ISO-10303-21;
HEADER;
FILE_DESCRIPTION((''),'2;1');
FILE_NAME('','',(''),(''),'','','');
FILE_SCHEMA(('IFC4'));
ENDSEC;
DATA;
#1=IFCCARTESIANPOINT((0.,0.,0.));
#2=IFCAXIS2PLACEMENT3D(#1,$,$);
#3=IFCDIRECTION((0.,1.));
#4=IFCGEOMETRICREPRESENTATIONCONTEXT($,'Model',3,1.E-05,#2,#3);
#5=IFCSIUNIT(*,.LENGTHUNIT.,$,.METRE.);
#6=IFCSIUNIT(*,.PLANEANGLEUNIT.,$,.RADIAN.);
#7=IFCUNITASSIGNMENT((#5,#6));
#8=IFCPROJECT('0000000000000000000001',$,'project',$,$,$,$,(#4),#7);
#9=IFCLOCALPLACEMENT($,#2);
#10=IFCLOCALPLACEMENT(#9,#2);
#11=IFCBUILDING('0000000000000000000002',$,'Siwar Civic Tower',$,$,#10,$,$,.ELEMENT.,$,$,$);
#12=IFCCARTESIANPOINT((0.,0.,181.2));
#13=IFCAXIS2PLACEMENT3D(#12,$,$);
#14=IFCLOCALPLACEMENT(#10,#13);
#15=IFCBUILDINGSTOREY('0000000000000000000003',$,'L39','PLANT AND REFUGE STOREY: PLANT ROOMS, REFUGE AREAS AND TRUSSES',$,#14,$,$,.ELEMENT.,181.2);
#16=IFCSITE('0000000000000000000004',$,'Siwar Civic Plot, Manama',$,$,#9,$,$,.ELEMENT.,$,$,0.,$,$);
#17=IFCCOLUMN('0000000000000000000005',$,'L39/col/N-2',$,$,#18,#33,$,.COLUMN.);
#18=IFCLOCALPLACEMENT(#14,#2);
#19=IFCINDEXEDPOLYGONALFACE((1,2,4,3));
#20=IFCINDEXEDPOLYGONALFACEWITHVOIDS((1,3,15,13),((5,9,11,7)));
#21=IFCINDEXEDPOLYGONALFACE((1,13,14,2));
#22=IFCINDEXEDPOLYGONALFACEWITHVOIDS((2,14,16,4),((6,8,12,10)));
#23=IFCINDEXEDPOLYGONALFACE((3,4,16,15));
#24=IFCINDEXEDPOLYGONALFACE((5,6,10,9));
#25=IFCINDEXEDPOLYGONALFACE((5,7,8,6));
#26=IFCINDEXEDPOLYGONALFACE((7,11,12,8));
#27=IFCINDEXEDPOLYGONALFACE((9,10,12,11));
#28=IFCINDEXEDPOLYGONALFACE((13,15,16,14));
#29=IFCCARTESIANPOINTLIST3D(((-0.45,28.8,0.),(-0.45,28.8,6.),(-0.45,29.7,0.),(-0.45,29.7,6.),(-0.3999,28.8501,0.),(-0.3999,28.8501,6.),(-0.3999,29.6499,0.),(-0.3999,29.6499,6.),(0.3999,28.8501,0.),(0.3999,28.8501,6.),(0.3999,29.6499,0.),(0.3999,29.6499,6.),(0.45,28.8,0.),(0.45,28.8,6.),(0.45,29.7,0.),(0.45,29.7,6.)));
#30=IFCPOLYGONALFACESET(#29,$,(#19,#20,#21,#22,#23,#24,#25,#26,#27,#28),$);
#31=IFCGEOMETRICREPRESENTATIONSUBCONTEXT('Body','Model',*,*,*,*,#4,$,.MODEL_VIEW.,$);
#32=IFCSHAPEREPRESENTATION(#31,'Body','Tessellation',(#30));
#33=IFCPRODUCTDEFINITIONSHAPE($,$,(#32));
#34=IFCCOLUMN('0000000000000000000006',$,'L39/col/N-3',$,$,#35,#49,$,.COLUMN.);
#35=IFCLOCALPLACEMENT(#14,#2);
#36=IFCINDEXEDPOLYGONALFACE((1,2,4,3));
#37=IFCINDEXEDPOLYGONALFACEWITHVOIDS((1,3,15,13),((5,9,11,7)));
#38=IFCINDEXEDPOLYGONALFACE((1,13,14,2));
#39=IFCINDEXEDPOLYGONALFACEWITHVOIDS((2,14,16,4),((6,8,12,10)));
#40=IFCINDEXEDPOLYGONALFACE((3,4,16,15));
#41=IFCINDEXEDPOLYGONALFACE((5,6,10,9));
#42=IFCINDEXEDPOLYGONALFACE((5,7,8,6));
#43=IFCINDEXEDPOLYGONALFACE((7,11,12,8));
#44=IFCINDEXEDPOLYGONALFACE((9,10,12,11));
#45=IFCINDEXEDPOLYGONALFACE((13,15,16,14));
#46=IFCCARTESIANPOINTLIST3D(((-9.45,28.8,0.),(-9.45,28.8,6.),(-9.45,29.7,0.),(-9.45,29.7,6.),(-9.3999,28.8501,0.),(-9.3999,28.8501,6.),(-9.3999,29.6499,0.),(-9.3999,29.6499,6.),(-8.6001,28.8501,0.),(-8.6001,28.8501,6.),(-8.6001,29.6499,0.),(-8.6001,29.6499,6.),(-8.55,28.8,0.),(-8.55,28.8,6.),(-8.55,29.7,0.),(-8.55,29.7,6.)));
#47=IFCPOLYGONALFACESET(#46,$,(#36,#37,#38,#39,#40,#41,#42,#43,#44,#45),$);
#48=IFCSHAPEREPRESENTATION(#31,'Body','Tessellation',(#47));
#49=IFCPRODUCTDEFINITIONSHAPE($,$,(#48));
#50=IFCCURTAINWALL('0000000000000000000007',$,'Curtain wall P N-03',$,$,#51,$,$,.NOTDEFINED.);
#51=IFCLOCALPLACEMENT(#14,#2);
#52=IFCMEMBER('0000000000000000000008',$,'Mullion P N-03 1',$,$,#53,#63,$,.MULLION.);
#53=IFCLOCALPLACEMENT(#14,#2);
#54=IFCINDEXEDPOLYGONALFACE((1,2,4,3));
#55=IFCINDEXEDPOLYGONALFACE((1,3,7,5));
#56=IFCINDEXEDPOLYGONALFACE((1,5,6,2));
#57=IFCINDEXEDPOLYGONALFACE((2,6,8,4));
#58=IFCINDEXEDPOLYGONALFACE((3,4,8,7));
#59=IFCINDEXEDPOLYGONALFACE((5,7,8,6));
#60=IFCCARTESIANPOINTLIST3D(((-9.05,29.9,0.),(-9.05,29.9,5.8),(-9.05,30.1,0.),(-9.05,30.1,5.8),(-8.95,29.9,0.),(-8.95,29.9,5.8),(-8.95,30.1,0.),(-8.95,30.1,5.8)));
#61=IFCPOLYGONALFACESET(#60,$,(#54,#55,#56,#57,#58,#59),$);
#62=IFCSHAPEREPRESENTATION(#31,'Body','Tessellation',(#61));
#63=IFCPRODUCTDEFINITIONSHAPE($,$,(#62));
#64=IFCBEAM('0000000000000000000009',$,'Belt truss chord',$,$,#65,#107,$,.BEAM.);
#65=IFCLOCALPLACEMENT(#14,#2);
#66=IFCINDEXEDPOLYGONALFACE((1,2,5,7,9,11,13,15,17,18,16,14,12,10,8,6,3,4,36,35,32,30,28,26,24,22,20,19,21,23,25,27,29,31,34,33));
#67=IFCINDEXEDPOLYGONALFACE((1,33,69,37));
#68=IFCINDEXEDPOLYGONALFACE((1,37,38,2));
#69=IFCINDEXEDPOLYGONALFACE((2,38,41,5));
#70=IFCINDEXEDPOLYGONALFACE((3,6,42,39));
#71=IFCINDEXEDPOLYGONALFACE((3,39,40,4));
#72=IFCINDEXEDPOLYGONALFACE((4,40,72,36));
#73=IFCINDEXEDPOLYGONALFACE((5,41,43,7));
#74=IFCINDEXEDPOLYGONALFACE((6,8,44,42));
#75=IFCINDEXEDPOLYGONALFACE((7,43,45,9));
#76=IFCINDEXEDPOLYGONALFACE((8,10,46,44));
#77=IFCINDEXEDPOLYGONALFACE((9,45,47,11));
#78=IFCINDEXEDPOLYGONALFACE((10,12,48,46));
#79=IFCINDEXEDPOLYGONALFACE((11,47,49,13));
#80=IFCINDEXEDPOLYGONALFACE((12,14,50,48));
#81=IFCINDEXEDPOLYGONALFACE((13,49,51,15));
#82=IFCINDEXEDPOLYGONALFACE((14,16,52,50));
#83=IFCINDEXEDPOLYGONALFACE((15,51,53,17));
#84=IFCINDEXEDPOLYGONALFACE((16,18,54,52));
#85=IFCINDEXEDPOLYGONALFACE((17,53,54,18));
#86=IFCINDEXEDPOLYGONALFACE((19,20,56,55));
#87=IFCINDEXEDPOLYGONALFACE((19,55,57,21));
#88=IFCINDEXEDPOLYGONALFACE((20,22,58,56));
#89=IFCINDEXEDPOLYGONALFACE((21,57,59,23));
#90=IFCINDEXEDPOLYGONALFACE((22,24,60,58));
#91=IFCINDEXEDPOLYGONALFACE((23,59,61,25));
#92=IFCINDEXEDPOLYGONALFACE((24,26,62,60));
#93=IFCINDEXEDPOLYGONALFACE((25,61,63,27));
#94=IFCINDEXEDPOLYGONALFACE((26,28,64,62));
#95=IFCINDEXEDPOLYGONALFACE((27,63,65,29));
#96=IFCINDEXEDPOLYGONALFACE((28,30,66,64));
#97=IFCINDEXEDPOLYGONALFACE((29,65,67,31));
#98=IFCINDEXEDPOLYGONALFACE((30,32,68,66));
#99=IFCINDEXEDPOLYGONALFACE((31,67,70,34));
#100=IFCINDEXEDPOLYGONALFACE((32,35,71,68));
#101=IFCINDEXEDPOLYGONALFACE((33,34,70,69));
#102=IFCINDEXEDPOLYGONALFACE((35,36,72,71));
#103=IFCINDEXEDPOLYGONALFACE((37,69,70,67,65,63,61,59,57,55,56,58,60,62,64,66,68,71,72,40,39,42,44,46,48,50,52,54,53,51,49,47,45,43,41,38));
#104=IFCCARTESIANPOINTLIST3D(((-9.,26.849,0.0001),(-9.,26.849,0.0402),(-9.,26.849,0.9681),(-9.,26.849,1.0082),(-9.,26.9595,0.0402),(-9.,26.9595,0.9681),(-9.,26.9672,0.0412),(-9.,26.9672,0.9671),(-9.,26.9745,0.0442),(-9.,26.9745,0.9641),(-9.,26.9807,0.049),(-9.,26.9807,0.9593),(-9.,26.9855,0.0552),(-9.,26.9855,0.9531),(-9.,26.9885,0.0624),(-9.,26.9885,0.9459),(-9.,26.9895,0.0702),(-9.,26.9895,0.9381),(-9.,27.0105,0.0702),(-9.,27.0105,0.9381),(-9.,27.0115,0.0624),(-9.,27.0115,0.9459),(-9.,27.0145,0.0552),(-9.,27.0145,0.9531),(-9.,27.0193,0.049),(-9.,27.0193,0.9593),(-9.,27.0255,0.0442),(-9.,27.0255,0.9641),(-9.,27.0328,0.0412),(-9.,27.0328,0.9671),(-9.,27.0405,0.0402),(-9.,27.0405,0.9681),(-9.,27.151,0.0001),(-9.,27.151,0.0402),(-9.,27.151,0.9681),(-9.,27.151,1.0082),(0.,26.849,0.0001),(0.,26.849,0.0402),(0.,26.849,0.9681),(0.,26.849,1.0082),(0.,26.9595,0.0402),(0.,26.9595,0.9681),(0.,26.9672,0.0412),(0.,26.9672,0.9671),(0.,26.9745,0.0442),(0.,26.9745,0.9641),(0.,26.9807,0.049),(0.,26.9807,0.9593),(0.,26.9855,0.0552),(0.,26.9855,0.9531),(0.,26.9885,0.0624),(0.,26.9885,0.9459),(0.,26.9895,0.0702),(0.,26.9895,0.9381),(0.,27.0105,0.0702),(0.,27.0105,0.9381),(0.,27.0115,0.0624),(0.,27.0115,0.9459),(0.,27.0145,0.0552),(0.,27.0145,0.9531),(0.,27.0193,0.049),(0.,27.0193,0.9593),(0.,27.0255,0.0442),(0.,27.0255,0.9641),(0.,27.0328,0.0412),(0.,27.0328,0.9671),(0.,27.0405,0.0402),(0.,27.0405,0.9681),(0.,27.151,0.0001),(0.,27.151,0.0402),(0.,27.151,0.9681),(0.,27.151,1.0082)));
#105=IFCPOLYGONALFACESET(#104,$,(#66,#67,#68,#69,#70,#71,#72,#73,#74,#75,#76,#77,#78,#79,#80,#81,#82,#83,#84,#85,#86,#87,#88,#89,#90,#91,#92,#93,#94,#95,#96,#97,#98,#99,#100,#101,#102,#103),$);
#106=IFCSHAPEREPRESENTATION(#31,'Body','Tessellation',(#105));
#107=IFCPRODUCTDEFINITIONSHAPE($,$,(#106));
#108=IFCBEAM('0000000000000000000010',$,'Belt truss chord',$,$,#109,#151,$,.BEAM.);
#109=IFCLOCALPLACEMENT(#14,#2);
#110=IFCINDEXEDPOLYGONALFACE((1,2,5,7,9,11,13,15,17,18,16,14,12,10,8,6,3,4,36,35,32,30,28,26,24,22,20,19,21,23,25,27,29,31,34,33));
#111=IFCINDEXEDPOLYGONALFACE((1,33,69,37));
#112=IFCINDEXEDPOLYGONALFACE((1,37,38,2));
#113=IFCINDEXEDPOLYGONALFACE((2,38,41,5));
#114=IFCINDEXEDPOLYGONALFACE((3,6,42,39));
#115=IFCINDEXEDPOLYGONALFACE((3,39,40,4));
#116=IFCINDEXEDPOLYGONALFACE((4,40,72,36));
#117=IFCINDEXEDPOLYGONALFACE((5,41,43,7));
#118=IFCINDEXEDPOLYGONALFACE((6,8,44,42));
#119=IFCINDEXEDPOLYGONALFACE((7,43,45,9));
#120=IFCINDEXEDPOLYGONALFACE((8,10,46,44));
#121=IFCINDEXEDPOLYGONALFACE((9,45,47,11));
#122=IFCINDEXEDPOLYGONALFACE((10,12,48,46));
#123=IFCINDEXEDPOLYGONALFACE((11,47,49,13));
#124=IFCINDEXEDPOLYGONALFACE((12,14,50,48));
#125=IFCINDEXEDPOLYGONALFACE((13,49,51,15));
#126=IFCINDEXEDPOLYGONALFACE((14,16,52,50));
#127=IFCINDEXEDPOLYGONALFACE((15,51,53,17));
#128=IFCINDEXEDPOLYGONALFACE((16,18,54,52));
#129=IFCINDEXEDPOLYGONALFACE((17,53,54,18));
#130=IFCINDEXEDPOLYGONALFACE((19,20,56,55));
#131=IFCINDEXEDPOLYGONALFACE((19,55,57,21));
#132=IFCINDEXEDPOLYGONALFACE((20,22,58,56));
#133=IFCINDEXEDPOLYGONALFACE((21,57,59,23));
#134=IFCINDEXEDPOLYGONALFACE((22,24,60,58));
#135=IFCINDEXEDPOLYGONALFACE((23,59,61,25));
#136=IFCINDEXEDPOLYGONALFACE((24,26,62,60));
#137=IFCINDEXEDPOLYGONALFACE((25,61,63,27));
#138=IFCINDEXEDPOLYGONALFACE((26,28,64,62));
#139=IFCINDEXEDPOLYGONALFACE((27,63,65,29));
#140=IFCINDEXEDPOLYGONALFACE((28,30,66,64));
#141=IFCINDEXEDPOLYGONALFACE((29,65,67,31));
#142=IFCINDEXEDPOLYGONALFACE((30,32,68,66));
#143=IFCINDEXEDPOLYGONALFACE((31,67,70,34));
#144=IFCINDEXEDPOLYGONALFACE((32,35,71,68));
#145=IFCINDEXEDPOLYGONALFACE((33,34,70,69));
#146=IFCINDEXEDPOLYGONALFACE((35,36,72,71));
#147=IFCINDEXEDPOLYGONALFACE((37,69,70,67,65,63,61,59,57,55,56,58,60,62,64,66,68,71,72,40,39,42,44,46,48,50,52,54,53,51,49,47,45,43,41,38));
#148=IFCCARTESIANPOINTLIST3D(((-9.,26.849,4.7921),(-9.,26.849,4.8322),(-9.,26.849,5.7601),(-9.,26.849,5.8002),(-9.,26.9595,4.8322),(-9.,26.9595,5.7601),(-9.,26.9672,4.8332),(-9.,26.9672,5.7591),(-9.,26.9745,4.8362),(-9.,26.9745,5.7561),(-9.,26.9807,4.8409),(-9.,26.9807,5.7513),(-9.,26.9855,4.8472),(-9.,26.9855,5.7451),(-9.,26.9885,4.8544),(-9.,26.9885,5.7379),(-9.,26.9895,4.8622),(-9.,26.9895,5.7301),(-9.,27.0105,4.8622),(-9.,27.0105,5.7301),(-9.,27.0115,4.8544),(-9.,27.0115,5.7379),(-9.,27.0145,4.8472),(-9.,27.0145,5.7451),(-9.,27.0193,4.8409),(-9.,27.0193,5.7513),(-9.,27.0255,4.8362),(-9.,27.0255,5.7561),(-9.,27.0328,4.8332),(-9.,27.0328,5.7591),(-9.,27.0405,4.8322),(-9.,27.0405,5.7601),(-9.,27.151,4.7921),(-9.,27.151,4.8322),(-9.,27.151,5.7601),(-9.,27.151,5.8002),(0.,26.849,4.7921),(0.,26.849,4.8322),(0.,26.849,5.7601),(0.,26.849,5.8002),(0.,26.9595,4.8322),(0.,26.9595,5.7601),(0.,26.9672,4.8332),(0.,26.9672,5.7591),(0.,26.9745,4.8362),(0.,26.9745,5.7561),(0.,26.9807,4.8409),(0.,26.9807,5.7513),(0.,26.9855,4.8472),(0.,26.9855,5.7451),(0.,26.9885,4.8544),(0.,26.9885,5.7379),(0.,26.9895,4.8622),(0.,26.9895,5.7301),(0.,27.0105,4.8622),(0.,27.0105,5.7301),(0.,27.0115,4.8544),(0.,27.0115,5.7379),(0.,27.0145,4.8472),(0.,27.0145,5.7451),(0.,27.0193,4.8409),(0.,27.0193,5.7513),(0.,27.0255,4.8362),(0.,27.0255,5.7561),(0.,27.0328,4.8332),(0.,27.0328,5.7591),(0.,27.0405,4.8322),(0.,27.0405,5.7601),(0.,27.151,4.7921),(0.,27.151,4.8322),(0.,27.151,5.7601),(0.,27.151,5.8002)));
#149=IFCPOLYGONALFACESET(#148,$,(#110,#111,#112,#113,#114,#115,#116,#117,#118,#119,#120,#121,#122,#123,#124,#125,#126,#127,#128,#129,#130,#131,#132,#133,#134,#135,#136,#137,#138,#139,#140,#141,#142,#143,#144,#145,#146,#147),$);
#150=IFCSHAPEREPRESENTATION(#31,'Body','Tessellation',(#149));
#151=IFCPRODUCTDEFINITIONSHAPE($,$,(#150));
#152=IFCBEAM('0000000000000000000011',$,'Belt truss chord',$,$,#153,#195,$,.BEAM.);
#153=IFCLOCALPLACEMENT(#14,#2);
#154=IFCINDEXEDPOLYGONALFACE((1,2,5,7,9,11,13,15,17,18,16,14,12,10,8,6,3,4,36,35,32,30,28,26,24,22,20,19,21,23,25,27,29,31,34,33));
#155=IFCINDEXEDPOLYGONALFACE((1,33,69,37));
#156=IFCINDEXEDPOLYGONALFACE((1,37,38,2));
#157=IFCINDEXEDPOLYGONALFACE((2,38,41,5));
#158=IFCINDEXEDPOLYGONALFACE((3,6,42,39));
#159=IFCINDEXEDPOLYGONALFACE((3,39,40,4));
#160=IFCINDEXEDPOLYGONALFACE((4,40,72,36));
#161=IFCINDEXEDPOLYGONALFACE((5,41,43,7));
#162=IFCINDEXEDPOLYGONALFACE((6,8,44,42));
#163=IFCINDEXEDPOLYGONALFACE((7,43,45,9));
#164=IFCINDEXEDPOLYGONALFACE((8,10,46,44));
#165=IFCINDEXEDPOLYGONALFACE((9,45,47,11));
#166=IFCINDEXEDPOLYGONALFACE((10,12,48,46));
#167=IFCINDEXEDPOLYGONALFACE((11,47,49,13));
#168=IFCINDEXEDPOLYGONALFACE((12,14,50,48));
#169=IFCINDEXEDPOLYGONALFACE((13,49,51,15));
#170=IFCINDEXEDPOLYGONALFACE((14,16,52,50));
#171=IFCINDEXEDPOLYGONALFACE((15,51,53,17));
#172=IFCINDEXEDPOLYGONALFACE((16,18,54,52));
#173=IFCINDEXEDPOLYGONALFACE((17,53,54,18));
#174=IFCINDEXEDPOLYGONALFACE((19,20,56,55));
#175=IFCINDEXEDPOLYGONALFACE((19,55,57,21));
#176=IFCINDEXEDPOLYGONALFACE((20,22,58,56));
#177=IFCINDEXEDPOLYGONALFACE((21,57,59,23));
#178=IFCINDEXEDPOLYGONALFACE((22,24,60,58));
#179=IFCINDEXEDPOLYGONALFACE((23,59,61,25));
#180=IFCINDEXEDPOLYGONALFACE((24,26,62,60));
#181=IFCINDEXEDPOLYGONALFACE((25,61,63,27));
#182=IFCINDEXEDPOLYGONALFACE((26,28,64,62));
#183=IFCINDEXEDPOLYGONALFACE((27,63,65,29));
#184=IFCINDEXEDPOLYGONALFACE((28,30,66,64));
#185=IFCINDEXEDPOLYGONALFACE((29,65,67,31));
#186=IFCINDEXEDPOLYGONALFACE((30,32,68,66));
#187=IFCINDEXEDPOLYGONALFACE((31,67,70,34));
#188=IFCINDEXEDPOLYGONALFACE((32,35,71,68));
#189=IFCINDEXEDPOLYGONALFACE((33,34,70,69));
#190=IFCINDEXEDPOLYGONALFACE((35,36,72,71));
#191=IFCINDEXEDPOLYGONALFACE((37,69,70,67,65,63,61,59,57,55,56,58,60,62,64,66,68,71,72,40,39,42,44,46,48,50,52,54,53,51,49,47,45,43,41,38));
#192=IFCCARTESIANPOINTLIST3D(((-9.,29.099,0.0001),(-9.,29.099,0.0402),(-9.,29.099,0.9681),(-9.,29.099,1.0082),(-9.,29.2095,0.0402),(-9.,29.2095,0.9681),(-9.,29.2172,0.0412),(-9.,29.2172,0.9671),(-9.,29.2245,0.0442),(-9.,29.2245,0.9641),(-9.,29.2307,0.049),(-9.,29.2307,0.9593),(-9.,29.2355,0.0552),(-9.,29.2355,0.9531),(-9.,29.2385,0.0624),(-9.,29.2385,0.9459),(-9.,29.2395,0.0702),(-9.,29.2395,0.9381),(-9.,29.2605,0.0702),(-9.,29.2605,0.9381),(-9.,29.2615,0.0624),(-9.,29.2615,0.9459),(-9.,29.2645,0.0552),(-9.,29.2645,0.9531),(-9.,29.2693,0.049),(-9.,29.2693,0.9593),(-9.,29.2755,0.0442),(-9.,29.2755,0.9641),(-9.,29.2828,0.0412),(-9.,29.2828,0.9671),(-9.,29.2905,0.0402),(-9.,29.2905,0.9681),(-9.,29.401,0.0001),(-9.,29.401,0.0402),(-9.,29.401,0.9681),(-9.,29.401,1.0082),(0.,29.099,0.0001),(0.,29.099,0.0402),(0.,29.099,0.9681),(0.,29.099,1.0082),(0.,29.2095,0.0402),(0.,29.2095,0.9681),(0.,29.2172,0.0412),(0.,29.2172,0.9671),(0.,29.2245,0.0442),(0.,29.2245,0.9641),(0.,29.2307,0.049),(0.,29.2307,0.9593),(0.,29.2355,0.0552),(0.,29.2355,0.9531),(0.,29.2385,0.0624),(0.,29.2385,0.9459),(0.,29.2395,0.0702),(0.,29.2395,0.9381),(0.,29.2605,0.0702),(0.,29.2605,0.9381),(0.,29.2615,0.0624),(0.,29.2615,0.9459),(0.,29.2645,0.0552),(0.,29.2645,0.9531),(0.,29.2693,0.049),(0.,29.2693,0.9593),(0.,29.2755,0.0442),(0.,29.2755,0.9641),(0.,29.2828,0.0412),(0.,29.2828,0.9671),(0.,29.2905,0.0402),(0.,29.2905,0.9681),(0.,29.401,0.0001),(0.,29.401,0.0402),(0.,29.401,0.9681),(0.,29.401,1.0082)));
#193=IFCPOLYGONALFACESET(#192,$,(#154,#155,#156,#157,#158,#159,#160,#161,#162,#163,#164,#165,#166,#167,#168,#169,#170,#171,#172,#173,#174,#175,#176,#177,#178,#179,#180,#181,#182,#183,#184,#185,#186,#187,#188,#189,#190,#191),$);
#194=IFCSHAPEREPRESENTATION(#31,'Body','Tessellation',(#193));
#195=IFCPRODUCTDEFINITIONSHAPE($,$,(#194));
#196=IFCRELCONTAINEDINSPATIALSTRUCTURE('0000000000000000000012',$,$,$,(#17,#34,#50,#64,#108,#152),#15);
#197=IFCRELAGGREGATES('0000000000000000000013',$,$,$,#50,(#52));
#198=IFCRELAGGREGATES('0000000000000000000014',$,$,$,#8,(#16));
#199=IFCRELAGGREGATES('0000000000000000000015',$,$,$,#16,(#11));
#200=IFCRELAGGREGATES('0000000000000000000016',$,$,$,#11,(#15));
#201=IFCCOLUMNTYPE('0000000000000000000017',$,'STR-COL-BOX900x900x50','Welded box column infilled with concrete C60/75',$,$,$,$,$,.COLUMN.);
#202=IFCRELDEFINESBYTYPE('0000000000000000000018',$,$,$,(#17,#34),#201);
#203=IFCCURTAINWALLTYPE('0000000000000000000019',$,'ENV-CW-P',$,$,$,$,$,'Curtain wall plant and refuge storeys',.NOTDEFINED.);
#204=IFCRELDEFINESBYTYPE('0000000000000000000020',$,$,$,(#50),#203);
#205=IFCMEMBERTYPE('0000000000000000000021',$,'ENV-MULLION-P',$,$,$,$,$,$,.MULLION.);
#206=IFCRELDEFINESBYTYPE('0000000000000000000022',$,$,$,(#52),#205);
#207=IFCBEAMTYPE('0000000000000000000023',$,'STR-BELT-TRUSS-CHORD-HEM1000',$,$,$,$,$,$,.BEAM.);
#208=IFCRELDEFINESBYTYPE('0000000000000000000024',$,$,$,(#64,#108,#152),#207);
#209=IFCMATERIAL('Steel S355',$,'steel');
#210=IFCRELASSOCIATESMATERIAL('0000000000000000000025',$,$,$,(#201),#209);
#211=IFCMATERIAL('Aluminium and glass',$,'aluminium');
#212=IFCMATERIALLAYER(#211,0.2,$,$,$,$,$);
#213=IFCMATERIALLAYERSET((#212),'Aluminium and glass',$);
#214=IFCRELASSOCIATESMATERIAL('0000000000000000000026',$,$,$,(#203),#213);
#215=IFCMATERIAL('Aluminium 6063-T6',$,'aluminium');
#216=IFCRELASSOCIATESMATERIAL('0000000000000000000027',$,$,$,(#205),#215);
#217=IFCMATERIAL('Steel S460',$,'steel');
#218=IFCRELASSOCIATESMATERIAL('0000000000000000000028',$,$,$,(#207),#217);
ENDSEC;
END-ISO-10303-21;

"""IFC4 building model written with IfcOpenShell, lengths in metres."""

from ifc_helpers import new_model, si_unit, direction, frame, origin, origin_2d, place, context, subcontext, project, spatial, rectangle, hollow_rectangle, i_section, extrude, material, layer, layer_set, material_profile, profile_set, type_object, element, aggregate, save


model = new_model("IFC4")

# Units and contexts
model_context = context("Model", 3, precision=1e-05, world=origin(), true_north=direction((0.0, 1.0)))
body_context = subcontext(model_context, "Body", "Model", "MODEL_VIEW")
ifc_project = project(units=[si_unit("LENGTHUNIT", "METRE"), si_unit("PLANEANGLEUNIT", "RADIAN")], contexts=[model_context])

# Site, building, storey
site_placement = place(None, origin())
site = spatial("IfcSite", under=ifc_project, at=site_placement, Name="Siwar Civic Plot, Manama", CompositionType="ELEMENT", RefElevation=0.0)
building_placement = place(site_placement, origin())
building = spatial("IfcBuilding", under=site, at=building_placement, Name="Siwar Civic Tower", CompositionType="ELEMENT")
storey_placement = place(building_placement, frame((0.0, 0.0, 181.2)))
storey = spatial("IfcBuildingStorey", under=building, at=storey_placement, Name="L39", Description="PLANT AND REFUGE STOREY: PLANT ROOMS, REFUGE AREAS AND TRUSSES", CompositionType="ELEMENT", Elevation=181.2)

# Columns
ifc_material_1 = material(Name="Steel S355", Category="steel")
ifc_material_profile_1 = material_profile(ifc_material_1, hollow_rectangle(XDim=0.8999, YDim=0.8999, WallThickness=0.05, at=origin_2d()), Name="BOX900x900x50")
ifc_profile_set_1 = profile_set([ifc_material_profile_1], Name="Steel S355")
column_type = type_object("IfcColumnType", Name="STR-COL-BOX900x900x50", Description="Welded box column infilled with concrete C60/75", PredefinedType="COLUMN", material=ifc_profile_set_1)
for number, where, z_axis, x_axis, name in (
    (1, (0.0, 29.25, 0.0), (0.0, 0.0, 1.0), (1.0, 0.0, 0.0), "L39/col/N-2"),
    (2, (-9.0, 29.25, 0.0), (0.0, 0.0, 1.0), (1.0, 0.0, 0.0), "L39/col/N-3"),
):
    element("IfcColumn", number, at=place(storey_placement, frame(where, z_axis=z_axis, x_axis=x_axis)), inside=storey, type_object=column_type, Name=name, PredefinedType="COLUMN", context=body_context, shape_type="SweptSolid", body=[
        extrude(hollow_rectangle(XDim=0.8999, YDim=0.8999, WallThickness=0.05, at=origin_2d()), origin(), (0.0, 0.0, 1.0), 6.0),
    ])

# Curtain wall, member
ifc_material_2 = material(Name="Aluminium and glass", Category="aluminium")
ifc_layer_1 = layer(ifc_material_2, 0.2)
ifc_layer_set_1 = layer_set([ifc_layer_1], Name="Aluminium and glass")
curtain_wall_type = type_object("IfcCurtainWallType", Name="ENV-CW-P", ElementType="Curtain wall plant and refuge storeys", PredefinedType="NOTDEFINED", material=ifc_layer_set_1)
curtain_wall_placement = place(storey_placement, origin())
curtain_wall = element("IfcCurtainWall", 3, at=curtain_wall_placement, inside=storey, type_object=curtain_wall_type, Name="Curtain wall P N-03", PredefinedType="NOTDEFINED")
ifc_material_3 = material(Name="Aluminium 6063-T6", Category="aluminium")
ifc_material_profile_2 = material_profile(ifc_material_3, rectangle(XDim=0.2, YDim=0.1001, at=origin_2d()), Name="AL 200x100")
ifc_profile_set_2 = profile_set([ifc_material_profile_2], Name="Aluminium 6063-T6")
member_type_1 = type_object("IfcMemberType", Name="ENV-MULLION-P", PredefinedType="MULLION", material=ifc_profile_set_2)
member_1_placement = place(storey_placement, frame((-9.0, 30.0, 0.0), z_axis=(0.0, 0.0, 1.0), x_axis=(0.0, -1.0, 0.0)))
member_1 = element("IfcMember", 4, at=member_1_placement, type_object=member_type_1, Name="Mullion P N-03 1", PredefinedType="MULLION", context=body_context, shape_type="SweptSolid", body=[
    extrude(rectangle(XDim=0.2, YDim=0.1001, at=origin_2d()), origin(), (0.0, 0.0, 1.0), 5.8),
])
aggregate(curtain_wall, [member_1])

# Beams
ifc_material_4 = material(Name="Steel S460", Category="steel")
ifc_material_profile_3 = material_profile(ifc_material_4, i_section(OverallWidth=0.302, OverallDepth=1.0081, WebThickness=0.021, FlangeThickness=0.04, FilletRadius=0.03, at=origin_2d()), Name="HEM1000")
ifc_profile_set_3 = profile_set([ifc_material_profile_3], Name="Steel S460")
beam_type_1 = type_object("IfcBeamType", Name="STR-BELT-TRUSS-CHORD-HEM1000", PredefinedType="BEAM", material=ifc_profile_set_3)
for number, where, z_axis, x_axis, name in (
    (5, (0.0, 27.0, 0.5042), (-1.0, 0.0, 0.0), (0.0, -1.0, 0.0), "Belt truss chord"),
    (6, (0.0, 27.0, 5.2961), (-1.0, 0.0, 0.0), (0.0, -1.0, 0.0), "Belt truss chord"),
    (7, (0.0, 29.25, 0.5042), (-1.0, 0.0, 0.0), (0.0, -1.0, 0.0), "Belt truss chord"),
):
    element("IfcBeam", number, at=place(storey_placement, frame(where, z_axis=z_axis, x_axis=x_axis)), inside=storey, type_object=beam_type_1, Name=name, PredefinedType="BEAM", context=body_context, shape_type="SweptSolid", body=[
        extrude(i_section(OverallWidth=0.302, OverallDepth=1.0081, WebThickness=0.021, FlangeThickness=0.04, FilletRadius=0.03, at=origin_2d()), origin(), (0.0, 0.0, 1.0), 9.0),
    ])

save(model, "model.ifc")
